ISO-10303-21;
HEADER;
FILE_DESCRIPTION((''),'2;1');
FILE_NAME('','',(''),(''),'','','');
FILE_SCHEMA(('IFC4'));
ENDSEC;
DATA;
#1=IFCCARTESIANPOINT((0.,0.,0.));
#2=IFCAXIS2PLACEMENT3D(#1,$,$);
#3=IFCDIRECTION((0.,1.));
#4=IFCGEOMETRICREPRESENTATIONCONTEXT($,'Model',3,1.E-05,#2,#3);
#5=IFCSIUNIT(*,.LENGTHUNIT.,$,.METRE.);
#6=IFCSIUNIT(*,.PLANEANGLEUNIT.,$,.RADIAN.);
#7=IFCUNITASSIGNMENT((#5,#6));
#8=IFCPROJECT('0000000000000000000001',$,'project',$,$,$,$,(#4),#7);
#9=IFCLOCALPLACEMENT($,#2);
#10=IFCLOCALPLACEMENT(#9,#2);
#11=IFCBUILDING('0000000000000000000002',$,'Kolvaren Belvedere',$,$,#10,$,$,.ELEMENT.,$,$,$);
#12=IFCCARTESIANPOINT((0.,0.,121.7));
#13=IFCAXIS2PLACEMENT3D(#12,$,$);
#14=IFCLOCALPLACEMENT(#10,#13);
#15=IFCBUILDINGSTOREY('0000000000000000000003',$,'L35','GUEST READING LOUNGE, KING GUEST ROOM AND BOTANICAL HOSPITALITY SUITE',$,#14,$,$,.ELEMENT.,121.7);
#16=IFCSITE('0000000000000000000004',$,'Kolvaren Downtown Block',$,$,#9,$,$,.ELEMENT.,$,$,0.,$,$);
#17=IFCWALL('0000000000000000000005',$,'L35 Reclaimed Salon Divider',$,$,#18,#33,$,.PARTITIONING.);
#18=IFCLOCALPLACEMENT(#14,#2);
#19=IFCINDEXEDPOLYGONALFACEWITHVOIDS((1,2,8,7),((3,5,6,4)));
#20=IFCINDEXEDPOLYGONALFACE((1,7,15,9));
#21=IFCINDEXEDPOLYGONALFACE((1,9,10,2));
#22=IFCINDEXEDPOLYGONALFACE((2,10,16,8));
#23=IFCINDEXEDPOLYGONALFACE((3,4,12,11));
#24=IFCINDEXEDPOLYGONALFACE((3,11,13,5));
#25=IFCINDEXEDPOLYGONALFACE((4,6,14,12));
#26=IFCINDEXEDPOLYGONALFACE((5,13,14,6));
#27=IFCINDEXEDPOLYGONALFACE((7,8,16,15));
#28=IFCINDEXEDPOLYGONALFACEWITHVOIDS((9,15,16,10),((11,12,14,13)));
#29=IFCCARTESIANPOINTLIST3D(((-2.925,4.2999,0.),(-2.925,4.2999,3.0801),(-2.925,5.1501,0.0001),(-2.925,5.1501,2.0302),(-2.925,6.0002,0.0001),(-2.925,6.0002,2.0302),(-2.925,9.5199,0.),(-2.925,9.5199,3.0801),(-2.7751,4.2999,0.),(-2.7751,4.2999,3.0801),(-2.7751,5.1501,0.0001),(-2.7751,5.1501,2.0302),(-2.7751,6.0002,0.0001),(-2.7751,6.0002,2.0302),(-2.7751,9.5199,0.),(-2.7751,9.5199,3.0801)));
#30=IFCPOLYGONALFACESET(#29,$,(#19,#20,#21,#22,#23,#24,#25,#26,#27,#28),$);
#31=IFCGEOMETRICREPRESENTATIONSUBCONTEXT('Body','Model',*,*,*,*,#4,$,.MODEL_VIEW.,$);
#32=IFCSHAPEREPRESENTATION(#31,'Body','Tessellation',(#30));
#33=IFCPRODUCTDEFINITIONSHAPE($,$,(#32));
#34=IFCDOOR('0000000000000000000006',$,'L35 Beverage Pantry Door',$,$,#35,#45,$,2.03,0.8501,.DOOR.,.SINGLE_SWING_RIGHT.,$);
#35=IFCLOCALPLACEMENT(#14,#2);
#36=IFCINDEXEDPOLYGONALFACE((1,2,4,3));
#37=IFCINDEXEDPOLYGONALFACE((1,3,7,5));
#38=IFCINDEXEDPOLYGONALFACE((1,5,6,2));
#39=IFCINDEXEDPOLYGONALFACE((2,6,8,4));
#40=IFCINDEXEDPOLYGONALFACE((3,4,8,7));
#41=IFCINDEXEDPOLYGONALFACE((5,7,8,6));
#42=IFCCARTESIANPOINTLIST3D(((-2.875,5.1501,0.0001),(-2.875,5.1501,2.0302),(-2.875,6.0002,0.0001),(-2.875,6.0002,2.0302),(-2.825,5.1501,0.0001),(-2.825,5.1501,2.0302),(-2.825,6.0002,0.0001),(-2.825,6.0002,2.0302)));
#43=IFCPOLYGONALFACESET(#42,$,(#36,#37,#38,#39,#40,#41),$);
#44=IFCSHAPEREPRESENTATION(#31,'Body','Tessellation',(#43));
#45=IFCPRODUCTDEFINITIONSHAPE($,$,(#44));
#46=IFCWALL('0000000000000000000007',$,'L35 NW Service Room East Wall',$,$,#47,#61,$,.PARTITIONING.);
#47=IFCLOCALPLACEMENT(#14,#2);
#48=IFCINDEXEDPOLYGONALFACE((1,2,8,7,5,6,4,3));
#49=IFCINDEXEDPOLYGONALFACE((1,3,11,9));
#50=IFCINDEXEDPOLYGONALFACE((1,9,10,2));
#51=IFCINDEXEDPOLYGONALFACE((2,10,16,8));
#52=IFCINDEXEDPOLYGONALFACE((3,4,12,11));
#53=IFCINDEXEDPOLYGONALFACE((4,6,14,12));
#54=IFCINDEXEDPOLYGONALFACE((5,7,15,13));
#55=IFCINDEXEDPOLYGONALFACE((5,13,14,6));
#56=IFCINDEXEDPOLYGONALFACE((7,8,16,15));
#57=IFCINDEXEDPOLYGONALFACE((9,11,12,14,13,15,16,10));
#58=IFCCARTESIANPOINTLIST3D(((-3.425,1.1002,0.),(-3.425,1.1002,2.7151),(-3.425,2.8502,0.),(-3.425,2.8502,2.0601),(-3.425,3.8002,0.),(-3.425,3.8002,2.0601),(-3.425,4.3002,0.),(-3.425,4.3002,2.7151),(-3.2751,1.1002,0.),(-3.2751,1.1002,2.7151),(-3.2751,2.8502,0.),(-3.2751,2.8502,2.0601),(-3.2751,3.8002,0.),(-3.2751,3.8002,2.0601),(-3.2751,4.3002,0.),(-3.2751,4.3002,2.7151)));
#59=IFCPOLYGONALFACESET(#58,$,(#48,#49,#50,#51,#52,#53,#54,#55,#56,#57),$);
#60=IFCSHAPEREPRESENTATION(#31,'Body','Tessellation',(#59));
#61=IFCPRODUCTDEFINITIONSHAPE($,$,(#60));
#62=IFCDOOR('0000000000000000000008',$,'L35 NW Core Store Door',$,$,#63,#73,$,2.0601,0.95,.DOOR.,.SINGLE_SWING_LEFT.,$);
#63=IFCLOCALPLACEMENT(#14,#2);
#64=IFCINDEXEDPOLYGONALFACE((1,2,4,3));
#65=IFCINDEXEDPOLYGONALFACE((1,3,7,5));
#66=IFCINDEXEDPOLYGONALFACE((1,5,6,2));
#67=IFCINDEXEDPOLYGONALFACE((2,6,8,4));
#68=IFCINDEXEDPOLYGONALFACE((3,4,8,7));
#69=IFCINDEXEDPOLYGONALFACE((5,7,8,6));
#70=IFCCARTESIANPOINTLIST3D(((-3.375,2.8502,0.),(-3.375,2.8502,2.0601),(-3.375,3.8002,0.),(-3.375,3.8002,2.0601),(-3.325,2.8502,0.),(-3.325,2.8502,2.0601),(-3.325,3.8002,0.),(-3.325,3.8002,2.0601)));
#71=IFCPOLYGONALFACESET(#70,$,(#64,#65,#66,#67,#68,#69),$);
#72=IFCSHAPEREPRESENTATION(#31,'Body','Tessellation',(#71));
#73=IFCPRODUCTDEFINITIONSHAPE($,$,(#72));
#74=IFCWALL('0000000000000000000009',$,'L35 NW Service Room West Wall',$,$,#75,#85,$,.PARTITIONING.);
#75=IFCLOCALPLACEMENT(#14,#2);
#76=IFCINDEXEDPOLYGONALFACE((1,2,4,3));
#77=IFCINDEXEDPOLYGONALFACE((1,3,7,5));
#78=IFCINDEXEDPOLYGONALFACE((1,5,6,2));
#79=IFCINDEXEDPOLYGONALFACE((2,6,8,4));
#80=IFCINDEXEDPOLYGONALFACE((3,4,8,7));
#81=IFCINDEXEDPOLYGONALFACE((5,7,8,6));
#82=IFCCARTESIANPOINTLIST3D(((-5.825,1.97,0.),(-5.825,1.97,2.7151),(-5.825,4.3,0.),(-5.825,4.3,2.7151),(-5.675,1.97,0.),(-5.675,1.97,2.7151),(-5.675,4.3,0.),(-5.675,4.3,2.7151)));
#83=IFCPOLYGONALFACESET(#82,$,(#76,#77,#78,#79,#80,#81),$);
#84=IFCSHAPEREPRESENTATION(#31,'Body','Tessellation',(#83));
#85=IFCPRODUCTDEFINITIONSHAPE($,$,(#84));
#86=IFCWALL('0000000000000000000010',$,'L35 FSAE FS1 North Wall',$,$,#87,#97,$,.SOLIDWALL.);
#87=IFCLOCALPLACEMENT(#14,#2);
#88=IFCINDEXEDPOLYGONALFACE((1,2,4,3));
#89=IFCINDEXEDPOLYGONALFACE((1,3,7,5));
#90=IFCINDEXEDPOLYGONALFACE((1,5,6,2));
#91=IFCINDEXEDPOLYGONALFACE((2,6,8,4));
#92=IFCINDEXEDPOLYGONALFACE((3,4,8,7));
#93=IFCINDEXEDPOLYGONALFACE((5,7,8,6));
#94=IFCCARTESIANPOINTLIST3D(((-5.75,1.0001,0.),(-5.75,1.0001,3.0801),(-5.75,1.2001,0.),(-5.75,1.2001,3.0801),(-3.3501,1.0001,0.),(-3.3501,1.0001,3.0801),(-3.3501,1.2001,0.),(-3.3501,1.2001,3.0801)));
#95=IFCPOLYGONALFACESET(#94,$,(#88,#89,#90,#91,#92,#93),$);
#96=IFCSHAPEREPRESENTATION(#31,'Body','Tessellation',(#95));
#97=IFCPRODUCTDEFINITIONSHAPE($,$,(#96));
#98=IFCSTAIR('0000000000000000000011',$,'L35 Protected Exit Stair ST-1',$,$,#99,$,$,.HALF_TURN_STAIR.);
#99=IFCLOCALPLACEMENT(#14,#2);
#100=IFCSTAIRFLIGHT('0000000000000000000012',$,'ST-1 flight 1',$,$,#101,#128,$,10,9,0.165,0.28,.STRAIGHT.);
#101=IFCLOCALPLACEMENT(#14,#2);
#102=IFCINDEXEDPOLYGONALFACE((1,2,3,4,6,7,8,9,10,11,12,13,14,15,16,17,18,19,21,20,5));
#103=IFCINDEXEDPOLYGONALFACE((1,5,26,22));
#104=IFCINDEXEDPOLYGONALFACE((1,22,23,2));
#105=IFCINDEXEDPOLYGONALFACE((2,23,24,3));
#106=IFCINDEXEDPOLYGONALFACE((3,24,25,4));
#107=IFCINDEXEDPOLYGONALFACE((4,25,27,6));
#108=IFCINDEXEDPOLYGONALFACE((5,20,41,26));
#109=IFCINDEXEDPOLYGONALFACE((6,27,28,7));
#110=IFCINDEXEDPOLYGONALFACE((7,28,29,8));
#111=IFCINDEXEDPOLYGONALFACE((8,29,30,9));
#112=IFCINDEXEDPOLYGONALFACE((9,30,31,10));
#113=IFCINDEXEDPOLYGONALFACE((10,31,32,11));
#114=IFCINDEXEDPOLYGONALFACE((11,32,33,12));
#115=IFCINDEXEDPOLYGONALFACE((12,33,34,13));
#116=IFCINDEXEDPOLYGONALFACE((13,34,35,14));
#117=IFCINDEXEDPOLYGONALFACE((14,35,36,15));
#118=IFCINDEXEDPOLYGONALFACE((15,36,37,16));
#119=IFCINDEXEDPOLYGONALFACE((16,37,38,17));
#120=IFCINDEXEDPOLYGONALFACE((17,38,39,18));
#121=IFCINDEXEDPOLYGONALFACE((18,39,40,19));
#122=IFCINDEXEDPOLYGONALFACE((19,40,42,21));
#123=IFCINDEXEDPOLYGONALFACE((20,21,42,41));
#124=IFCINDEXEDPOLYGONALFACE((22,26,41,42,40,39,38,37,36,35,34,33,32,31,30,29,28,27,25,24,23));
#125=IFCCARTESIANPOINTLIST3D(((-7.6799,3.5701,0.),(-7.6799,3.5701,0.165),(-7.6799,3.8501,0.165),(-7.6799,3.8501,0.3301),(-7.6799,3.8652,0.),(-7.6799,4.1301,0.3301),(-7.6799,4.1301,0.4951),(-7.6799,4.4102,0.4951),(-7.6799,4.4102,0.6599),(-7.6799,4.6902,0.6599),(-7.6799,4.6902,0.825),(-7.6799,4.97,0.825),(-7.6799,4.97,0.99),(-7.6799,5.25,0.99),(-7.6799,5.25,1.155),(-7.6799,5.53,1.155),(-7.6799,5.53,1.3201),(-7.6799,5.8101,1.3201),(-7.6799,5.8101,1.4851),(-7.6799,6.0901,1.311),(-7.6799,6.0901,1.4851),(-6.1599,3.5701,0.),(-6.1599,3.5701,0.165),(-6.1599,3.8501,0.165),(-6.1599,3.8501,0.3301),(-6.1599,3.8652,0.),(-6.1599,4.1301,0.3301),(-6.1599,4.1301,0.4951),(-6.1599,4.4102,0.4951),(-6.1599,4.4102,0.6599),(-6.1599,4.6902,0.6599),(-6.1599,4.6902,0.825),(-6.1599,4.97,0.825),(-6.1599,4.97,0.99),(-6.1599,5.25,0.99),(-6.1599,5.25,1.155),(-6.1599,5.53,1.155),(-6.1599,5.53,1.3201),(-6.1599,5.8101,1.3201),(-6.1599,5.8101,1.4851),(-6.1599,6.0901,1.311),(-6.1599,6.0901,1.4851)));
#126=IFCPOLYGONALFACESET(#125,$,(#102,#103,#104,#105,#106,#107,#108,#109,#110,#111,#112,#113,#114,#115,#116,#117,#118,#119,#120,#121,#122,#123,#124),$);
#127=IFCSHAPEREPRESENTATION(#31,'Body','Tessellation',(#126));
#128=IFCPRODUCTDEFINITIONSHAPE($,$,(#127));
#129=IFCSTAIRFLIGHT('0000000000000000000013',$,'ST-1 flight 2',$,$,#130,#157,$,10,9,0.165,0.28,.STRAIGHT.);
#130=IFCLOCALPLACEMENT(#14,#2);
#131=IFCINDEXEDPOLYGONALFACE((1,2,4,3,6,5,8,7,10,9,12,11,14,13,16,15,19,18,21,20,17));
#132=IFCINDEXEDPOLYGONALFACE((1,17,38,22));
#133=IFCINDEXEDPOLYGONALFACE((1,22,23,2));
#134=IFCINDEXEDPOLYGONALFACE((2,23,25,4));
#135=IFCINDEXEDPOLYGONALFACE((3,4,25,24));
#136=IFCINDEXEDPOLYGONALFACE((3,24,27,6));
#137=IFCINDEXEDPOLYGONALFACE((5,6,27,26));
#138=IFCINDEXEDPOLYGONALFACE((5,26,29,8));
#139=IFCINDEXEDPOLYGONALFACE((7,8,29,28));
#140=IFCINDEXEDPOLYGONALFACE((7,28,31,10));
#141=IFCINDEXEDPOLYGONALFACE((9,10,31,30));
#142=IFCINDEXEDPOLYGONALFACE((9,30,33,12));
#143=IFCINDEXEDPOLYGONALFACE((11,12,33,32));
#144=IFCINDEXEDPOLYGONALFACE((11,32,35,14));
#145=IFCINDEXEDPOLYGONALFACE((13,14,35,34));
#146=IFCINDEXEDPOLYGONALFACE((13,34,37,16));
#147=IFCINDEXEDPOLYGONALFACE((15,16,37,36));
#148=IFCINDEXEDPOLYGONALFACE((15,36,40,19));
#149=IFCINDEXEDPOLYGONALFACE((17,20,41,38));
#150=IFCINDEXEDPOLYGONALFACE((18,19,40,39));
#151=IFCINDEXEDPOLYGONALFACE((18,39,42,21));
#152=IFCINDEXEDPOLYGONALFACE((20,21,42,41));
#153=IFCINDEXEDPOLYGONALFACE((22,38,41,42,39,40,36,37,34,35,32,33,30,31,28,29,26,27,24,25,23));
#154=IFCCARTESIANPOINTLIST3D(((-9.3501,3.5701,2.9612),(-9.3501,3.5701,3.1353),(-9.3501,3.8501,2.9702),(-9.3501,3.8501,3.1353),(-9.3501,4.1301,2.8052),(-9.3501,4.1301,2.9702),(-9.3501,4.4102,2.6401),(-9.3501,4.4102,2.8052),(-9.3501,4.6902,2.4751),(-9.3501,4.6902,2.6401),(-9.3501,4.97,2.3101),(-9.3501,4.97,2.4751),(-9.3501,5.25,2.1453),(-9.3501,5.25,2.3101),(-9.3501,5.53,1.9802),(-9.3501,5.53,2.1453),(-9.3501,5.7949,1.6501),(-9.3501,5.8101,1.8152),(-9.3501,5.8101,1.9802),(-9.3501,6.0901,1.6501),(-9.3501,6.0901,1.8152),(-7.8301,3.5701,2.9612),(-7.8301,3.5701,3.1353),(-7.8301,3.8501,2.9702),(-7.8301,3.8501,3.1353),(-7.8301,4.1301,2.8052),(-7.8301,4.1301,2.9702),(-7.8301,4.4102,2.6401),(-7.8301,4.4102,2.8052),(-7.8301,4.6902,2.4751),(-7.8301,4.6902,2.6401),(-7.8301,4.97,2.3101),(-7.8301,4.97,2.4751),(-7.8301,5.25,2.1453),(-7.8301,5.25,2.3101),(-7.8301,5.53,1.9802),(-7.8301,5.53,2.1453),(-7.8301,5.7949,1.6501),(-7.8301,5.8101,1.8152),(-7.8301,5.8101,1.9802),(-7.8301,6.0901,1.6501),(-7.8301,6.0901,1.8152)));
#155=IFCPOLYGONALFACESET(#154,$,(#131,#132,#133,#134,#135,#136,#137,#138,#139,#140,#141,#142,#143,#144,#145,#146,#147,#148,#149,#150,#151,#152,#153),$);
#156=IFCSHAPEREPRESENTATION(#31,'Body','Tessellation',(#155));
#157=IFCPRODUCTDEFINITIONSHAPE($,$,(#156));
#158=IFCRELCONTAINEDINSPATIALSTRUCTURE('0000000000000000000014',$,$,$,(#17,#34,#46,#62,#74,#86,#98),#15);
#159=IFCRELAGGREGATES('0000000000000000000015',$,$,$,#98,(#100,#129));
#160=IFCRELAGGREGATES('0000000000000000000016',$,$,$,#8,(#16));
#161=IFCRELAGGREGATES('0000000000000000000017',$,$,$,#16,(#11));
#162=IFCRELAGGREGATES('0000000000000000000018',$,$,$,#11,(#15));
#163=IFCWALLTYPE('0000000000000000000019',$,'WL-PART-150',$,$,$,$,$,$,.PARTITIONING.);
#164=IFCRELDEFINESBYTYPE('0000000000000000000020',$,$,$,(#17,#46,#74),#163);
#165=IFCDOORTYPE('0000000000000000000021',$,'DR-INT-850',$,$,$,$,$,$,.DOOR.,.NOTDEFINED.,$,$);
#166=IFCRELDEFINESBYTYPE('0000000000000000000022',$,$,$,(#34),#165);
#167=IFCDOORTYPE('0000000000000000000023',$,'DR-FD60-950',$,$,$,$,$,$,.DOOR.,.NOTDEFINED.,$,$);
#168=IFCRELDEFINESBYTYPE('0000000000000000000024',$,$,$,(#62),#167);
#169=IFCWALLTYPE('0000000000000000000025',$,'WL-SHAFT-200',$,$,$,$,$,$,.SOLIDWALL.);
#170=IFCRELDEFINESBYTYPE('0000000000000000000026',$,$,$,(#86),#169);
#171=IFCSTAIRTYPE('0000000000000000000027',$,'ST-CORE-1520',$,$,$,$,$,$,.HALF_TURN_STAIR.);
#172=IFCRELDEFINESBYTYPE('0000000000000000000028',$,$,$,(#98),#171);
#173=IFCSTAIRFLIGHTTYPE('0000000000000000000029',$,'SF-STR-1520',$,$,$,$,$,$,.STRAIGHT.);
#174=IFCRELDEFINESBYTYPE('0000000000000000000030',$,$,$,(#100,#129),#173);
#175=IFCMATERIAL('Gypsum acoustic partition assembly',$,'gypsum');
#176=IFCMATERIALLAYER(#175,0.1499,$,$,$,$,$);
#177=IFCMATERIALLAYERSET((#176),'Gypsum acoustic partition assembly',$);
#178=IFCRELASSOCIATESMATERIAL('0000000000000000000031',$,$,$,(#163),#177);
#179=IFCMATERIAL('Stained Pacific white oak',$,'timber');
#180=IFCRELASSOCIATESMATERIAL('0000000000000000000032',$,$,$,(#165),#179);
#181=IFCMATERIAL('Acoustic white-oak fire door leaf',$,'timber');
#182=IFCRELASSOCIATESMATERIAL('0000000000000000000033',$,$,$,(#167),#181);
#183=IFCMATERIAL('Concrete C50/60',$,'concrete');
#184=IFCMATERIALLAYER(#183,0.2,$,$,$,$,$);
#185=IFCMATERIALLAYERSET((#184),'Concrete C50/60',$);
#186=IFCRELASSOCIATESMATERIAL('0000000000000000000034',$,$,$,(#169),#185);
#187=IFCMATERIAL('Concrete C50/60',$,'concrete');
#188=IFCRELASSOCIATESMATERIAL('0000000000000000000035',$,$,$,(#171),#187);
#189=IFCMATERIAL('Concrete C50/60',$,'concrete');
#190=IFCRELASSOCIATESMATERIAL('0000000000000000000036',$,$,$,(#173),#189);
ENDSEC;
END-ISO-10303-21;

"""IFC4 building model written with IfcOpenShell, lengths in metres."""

from ifc_helpers import new_model, si_unit, direction, frame, frame_2d, origin, place, context, subcontext, project, spatial, polyline, rectangle, outline, extrude, material, layer, layer_set, type_object, element, fill, aggregate, save


model = new_model("IFC4")

# Units and contexts
model_context = context("Model", 3, precision=1e-05, world=origin(), true_north=direction((0.0, 1.0)))
body_context = subcontext(model_context, "Body", "Model", "MODEL_VIEW")
ifc_project = project(units=[si_unit("LENGTHUNIT", "METRE"), si_unit("PLANEANGLEUNIT", "RADIAN")], contexts=[model_context])

# Site, building, storey
site_placement = place(None, origin())
site = spatial("IfcSite", under=ifc_project, at=site_placement, Name="Kolvaren Downtown Block", CompositionType="ELEMENT", RefElevation=0.0)
building_placement = place(site_placement, origin())
building = spatial("IfcBuilding", under=site, at=building_placement, Name="Kolvaren Belvedere", CompositionType="ELEMENT")
storey_placement = place(building_placement, frame((0.0, 0.0, 121.7)))
storey = spatial("IfcBuildingStorey", under=building, at=storey_placement, Name="L35", Description="GUEST READING LOUNGE, KING GUEST ROOM AND BOTANICAL HOSPITALITY SUITE", CompositionType="ELEMENT", Elevation=121.7)

# Shared definitions
ifc_material_1 = material(Name="Gypsum acoustic partition assembly", Category="gypsum")
ifc_layer_1 = layer(ifc_material_1, 0.1499)
ifc_layer_set_1 = layer_set([ifc_layer_1], Name="Gypsum acoustic partition assembly")
wall_type_1 = type_object("IfcWallType", Name="WL-PART-150", PredefinedType="PARTITIONING", material=ifc_layer_set_1)

# Walls, openings, doors
wall_1_placement = place(storey_placement, frame((-2.8501, 4.3, 0.0), z_axis=(0.0, 0.0, 1.0), x_axis=(0.0, 1.0, 0.0)))
wall_1 = element("IfcWall", 1, at=wall_1_placement, inside=storey, type_object=wall_type_1, Name="L35 Reclaimed Salon Divider", PredefinedType="PARTITIONING", context=body_context, shape_type="SweptSolid", body=[
    extrude(rectangle(XDim=5.22, YDim=0.1499, at=frame_2d((2.6099, 0.0))), origin(), (0.0, 0.0, 1.0), 3.0801),
])
opening_1_placement = place(wall_1_placement, frame((0.8501, 0.0, 0.0)))
opening_1 = element("IfcOpeningElement", 2, at=opening_1_placement, cuts=wall_1, PredefinedType="OPENING", context=body_context, shape_type="SweptSolid", body=[
    extrude(rectangle(XDim=0.8501, YDim=2.03, at=frame_2d((0.425, 1.0151))), frame((0.0, 0.085, 0.0), z_axis=(0.0, -1.0, 0.0), x_axis=(1.0, 0.0, 0.0)), (0.0, 0.0, 1.0), 0.1699),
])
ifc_material_2 = material(Name="Stained Pacific white oak", Category="timber")
door_type_1 = type_object("IfcDoorType", Name="DR-INT-850", OperationType="NOTDEFINED", PredefinedType="DOOR", material=ifc_material_2)
door_1_placement = place(opening_1_placement, origin())
door_1 = element("IfcDoor", 3, at=door_1_placement, inside=storey, type_object=door_type_1, Name="L35 Beverage Pantry Door", OperationType="SINGLE_SWING_RIGHT", OverallHeight=2.03, OverallWidth=0.8501, PredefinedType="DOOR", context=body_context, shape_type="SweptSolid", body=[
    extrude(rectangle(XDim=0.8501, YDim=2.03, at=frame_2d((0.425, 1.0151))), frame((0.0, 0.0249, 0.0), z_axis=(0.0, -1.0, 0.0), x_axis=(1.0, 0.0, 0.0)), (0.0, 0.0, 1.0), 0.05),
])
fill(opening_1, door_1)
wall_2_placement = place(storey_placement, frame((-3.3501, 1.1001, 0.0), z_axis=(0.0, 0.0, 1.0), x_axis=(0.0, 1.0, 0.0)))
wall_2 = element("IfcWall", 4, at=wall_2_placement, inside=storey, type_object=wall_type_1, Name="L35 NW Service Room East Wall", PredefinedType="PARTITIONING", context=body_context, shape_type="SweptSolid", body=[
    extrude(rectangle(XDim=3.2, YDim=0.1499, at=frame_2d((1.6001, 0.0))), origin(), (0.0, 0.0, 1.0), 2.7151),
])
opening_2_placement = place(wall_2_placement, frame((1.75, 0.0, 0.0)))
opening_2 = element("IfcOpeningElement", 5, at=opening_2_placement, cuts=wall_2, PredefinedType="OPENING", context=body_context, shape_type="SweptSolid", body=[
    extrude(rectangle(XDim=0.95, YDim=2.0601, at=frame_2d((0.4751, 1.03))), frame((0.0, 0.085, 0.0), z_axis=(0.0, -1.0, 0.0), x_axis=(1.0, 0.0, 0.0)), (0.0, 0.0, 1.0), 0.1699),
])
ifc_material_3 = material(Name="Acoustic white-oak fire door leaf", Category="timber")
door_type_2 = type_object("IfcDoorType", Name="DR-FD60-950", OperationType="NOTDEFINED", PredefinedType="DOOR", material=ifc_material_3)
door_2_placement = place(opening_2_placement, origin())
door_2 = element("IfcDoor", 6, at=door_2_placement, inside=storey, type_object=door_type_2, Name="L35 NW Core Store Door", OperationType="SINGLE_SWING_LEFT", OverallHeight=2.0601, OverallWidth=0.95, PredefinedType="DOOR", context=body_context, shape_type="SweptSolid", body=[
    extrude(rectangle(XDim=0.95, YDim=2.0601, at=frame_2d((0.4751, 1.03))), frame((0.0, 0.0249, 0.0), z_axis=(0.0, -1.0, 0.0), x_axis=(1.0, 0.0, 0.0)), (0.0, 0.0, 1.0), 0.05),
])
fill(opening_2, door_2)

# Walls
wall_3_placement = place(storey_placement, frame((-5.75, 1.97, 0.0), z_axis=(0.0, 0.0, 1.0), x_axis=(0.0, 1.0, 0.0)))
element("IfcWall", 7, at=wall_3_placement, inside=storey, type_object=wall_type_1, Name="L35 NW Service Room West Wall", PredefinedType="PARTITIONING", context=body_context, shape_type="SweptSolid", body=[
    extrude(rectangle(XDim=2.3301, YDim=0.1499, at=frame_2d((1.165, 0.0))), origin(), (0.0, 0.0, 1.0), 2.7151),
])
ifc_material_4 = material(Name="Concrete C50/60", Category="concrete")
ifc_layer_2 = layer(ifc_material_4, 0.2)
ifc_layer_set_2 = layer_set([ifc_layer_2], Name="Concrete C50/60")
wall_type_2 = type_object("IfcWallType", Name="WL-SHAFT-200", PredefinedType="SOLIDWALL", material=ifc_layer_set_2)
wall_4_placement = place(storey_placement, frame((-5.75, 1.1001, 0.0), z_axis=(0.0, 0.0, 1.0), x_axis=(1.0, 0.0, 0.0)))
element("IfcWall", 8, at=wall_4_placement, inside=storey, type_object=wall_type_2, Name="L35 FSAE FS1 North Wall", PredefinedType="SOLIDWALL", context=body_context, shape_type="SweptSolid", body=[
    extrude(rectangle(XDim=2.3999, YDim=0.2, at=frame_2d((1.2, 0.0))), origin(), (0.0, 0.0, 1.0), 3.0801),
])

# Stair, stair flights
ifc_material_5 = material(Name="Concrete C50/60", Category="concrete")
stair_type = type_object("IfcStairType", Name="ST-CORE-1520", PredefinedType="HALF_TURN_STAIR", material=ifc_material_5)
stair_placement = place(storey_placement, origin())
stair = element("IfcStair", 9, at=stair_placement, inside=storey, type_object=stair_type, Name="L35 Protected Exit Stair ST-1", PredefinedType="HALF_TURN_STAIR")
ifc_material_6 = material(Name="Concrete C50/60", Category="concrete")
stair_flight_type = type_object("IfcStairFlightType", Name="SF-STR-1520", PredefinedType="STRAIGHT", material=ifc_material_6)
stair_flight_1_placement = place(storey_placement, frame((-6.9199, 3.5701, 0.0), z_axis=(0.0, 0.0, 1.0), x_axis=(0.0, 1.0, 0.0)))
stair_flight_1 = element("IfcStairFlight", 10, at=stair_flight_1_placement, type_object=stair_flight_type, Name="ST-1 flight 1", NumberOfRisers=10, NumberOfTreads=9, PredefinedType="STRAIGHT", RiserHeight=0.165, TreadLength=0.28, context=body_context, shape_type="SweptSolid", body=[
    extrude(outline(polyline([(0.0, 0.0), (0.0, 0.165), (0.28, 0.165), (0.28, 0.3301), (0.5601, 0.3301), (0.5601, 0.4951), (0.8401, 0.4951), (0.8401, 0.6599), (1.1201, 0.6599), (1.1201, 0.825), (1.3999, 0.825), (1.3999, 0.99), (1.6799, 0.99), (1.6799, 1.155), (1.96, 1.155), (1.96, 1.3201), (2.24, 1.3201), (2.24, 1.4851), (2.52, 1.4851), (2.52, 1.6499), (2.52, 1.311), (0.2952, 0.0), (0.0, 0.0)])), frame((0.0, 0.76, 0.0), z_axis=(0.0, -1.0, 0.0), x_axis=(1.0, 0.0, 0.0)), (0.0, 0.0, 1.0), 1.52),
])
stair_flight_2_placement = place(storey_placement, frame((-8.5901, 6.0901, 1.6501), z_axis=(0.0, 0.0, 1.0), x_axis=(0.0, -1.0, 0.0)))
stair_flight_2 = element("IfcStairFlight", 11, at=stair_flight_2_placement, type_object=stair_flight_type, Name="ST-1 flight 2", NumberOfRisers=10, NumberOfTreads=9, PredefinedType="STRAIGHT", RiserHeight=0.165, TreadLength=0.28, context=body_context, shape_type="SweptSolid", body=[
    extrude(outline(polyline([(0.0, 0.0), (0.0, 0.165), (0.28, 0.165), (0.28, 0.3301), (0.5601, 0.3301), (0.5601, 0.4951), (0.8401, 0.4951), (0.8401, 0.6599), (1.1201, 0.6599), (1.1201, 0.825), (1.3999, 0.825), (1.3999, 0.99), (1.6799, 0.99), (1.6799, 1.155), (1.96, 1.155), (1.96, 1.3201), (2.24, 1.3201), (2.24, 1.4851), (2.52, 1.4851), (2.52, 1.6499), (2.52, 1.311), (0.2952, 0.0), (0.0, 0.0)])), frame((0.0, 0.76, 0.0), z_axis=(0.0, -1.0, 0.0), x_axis=(1.0, 0.0, 0.0)), (0.0, 0.0, 1.0), 1.52),
])
aggregate(stair, [stair_flight_1, stair_flight_2])

save(model, "model.ifc")
